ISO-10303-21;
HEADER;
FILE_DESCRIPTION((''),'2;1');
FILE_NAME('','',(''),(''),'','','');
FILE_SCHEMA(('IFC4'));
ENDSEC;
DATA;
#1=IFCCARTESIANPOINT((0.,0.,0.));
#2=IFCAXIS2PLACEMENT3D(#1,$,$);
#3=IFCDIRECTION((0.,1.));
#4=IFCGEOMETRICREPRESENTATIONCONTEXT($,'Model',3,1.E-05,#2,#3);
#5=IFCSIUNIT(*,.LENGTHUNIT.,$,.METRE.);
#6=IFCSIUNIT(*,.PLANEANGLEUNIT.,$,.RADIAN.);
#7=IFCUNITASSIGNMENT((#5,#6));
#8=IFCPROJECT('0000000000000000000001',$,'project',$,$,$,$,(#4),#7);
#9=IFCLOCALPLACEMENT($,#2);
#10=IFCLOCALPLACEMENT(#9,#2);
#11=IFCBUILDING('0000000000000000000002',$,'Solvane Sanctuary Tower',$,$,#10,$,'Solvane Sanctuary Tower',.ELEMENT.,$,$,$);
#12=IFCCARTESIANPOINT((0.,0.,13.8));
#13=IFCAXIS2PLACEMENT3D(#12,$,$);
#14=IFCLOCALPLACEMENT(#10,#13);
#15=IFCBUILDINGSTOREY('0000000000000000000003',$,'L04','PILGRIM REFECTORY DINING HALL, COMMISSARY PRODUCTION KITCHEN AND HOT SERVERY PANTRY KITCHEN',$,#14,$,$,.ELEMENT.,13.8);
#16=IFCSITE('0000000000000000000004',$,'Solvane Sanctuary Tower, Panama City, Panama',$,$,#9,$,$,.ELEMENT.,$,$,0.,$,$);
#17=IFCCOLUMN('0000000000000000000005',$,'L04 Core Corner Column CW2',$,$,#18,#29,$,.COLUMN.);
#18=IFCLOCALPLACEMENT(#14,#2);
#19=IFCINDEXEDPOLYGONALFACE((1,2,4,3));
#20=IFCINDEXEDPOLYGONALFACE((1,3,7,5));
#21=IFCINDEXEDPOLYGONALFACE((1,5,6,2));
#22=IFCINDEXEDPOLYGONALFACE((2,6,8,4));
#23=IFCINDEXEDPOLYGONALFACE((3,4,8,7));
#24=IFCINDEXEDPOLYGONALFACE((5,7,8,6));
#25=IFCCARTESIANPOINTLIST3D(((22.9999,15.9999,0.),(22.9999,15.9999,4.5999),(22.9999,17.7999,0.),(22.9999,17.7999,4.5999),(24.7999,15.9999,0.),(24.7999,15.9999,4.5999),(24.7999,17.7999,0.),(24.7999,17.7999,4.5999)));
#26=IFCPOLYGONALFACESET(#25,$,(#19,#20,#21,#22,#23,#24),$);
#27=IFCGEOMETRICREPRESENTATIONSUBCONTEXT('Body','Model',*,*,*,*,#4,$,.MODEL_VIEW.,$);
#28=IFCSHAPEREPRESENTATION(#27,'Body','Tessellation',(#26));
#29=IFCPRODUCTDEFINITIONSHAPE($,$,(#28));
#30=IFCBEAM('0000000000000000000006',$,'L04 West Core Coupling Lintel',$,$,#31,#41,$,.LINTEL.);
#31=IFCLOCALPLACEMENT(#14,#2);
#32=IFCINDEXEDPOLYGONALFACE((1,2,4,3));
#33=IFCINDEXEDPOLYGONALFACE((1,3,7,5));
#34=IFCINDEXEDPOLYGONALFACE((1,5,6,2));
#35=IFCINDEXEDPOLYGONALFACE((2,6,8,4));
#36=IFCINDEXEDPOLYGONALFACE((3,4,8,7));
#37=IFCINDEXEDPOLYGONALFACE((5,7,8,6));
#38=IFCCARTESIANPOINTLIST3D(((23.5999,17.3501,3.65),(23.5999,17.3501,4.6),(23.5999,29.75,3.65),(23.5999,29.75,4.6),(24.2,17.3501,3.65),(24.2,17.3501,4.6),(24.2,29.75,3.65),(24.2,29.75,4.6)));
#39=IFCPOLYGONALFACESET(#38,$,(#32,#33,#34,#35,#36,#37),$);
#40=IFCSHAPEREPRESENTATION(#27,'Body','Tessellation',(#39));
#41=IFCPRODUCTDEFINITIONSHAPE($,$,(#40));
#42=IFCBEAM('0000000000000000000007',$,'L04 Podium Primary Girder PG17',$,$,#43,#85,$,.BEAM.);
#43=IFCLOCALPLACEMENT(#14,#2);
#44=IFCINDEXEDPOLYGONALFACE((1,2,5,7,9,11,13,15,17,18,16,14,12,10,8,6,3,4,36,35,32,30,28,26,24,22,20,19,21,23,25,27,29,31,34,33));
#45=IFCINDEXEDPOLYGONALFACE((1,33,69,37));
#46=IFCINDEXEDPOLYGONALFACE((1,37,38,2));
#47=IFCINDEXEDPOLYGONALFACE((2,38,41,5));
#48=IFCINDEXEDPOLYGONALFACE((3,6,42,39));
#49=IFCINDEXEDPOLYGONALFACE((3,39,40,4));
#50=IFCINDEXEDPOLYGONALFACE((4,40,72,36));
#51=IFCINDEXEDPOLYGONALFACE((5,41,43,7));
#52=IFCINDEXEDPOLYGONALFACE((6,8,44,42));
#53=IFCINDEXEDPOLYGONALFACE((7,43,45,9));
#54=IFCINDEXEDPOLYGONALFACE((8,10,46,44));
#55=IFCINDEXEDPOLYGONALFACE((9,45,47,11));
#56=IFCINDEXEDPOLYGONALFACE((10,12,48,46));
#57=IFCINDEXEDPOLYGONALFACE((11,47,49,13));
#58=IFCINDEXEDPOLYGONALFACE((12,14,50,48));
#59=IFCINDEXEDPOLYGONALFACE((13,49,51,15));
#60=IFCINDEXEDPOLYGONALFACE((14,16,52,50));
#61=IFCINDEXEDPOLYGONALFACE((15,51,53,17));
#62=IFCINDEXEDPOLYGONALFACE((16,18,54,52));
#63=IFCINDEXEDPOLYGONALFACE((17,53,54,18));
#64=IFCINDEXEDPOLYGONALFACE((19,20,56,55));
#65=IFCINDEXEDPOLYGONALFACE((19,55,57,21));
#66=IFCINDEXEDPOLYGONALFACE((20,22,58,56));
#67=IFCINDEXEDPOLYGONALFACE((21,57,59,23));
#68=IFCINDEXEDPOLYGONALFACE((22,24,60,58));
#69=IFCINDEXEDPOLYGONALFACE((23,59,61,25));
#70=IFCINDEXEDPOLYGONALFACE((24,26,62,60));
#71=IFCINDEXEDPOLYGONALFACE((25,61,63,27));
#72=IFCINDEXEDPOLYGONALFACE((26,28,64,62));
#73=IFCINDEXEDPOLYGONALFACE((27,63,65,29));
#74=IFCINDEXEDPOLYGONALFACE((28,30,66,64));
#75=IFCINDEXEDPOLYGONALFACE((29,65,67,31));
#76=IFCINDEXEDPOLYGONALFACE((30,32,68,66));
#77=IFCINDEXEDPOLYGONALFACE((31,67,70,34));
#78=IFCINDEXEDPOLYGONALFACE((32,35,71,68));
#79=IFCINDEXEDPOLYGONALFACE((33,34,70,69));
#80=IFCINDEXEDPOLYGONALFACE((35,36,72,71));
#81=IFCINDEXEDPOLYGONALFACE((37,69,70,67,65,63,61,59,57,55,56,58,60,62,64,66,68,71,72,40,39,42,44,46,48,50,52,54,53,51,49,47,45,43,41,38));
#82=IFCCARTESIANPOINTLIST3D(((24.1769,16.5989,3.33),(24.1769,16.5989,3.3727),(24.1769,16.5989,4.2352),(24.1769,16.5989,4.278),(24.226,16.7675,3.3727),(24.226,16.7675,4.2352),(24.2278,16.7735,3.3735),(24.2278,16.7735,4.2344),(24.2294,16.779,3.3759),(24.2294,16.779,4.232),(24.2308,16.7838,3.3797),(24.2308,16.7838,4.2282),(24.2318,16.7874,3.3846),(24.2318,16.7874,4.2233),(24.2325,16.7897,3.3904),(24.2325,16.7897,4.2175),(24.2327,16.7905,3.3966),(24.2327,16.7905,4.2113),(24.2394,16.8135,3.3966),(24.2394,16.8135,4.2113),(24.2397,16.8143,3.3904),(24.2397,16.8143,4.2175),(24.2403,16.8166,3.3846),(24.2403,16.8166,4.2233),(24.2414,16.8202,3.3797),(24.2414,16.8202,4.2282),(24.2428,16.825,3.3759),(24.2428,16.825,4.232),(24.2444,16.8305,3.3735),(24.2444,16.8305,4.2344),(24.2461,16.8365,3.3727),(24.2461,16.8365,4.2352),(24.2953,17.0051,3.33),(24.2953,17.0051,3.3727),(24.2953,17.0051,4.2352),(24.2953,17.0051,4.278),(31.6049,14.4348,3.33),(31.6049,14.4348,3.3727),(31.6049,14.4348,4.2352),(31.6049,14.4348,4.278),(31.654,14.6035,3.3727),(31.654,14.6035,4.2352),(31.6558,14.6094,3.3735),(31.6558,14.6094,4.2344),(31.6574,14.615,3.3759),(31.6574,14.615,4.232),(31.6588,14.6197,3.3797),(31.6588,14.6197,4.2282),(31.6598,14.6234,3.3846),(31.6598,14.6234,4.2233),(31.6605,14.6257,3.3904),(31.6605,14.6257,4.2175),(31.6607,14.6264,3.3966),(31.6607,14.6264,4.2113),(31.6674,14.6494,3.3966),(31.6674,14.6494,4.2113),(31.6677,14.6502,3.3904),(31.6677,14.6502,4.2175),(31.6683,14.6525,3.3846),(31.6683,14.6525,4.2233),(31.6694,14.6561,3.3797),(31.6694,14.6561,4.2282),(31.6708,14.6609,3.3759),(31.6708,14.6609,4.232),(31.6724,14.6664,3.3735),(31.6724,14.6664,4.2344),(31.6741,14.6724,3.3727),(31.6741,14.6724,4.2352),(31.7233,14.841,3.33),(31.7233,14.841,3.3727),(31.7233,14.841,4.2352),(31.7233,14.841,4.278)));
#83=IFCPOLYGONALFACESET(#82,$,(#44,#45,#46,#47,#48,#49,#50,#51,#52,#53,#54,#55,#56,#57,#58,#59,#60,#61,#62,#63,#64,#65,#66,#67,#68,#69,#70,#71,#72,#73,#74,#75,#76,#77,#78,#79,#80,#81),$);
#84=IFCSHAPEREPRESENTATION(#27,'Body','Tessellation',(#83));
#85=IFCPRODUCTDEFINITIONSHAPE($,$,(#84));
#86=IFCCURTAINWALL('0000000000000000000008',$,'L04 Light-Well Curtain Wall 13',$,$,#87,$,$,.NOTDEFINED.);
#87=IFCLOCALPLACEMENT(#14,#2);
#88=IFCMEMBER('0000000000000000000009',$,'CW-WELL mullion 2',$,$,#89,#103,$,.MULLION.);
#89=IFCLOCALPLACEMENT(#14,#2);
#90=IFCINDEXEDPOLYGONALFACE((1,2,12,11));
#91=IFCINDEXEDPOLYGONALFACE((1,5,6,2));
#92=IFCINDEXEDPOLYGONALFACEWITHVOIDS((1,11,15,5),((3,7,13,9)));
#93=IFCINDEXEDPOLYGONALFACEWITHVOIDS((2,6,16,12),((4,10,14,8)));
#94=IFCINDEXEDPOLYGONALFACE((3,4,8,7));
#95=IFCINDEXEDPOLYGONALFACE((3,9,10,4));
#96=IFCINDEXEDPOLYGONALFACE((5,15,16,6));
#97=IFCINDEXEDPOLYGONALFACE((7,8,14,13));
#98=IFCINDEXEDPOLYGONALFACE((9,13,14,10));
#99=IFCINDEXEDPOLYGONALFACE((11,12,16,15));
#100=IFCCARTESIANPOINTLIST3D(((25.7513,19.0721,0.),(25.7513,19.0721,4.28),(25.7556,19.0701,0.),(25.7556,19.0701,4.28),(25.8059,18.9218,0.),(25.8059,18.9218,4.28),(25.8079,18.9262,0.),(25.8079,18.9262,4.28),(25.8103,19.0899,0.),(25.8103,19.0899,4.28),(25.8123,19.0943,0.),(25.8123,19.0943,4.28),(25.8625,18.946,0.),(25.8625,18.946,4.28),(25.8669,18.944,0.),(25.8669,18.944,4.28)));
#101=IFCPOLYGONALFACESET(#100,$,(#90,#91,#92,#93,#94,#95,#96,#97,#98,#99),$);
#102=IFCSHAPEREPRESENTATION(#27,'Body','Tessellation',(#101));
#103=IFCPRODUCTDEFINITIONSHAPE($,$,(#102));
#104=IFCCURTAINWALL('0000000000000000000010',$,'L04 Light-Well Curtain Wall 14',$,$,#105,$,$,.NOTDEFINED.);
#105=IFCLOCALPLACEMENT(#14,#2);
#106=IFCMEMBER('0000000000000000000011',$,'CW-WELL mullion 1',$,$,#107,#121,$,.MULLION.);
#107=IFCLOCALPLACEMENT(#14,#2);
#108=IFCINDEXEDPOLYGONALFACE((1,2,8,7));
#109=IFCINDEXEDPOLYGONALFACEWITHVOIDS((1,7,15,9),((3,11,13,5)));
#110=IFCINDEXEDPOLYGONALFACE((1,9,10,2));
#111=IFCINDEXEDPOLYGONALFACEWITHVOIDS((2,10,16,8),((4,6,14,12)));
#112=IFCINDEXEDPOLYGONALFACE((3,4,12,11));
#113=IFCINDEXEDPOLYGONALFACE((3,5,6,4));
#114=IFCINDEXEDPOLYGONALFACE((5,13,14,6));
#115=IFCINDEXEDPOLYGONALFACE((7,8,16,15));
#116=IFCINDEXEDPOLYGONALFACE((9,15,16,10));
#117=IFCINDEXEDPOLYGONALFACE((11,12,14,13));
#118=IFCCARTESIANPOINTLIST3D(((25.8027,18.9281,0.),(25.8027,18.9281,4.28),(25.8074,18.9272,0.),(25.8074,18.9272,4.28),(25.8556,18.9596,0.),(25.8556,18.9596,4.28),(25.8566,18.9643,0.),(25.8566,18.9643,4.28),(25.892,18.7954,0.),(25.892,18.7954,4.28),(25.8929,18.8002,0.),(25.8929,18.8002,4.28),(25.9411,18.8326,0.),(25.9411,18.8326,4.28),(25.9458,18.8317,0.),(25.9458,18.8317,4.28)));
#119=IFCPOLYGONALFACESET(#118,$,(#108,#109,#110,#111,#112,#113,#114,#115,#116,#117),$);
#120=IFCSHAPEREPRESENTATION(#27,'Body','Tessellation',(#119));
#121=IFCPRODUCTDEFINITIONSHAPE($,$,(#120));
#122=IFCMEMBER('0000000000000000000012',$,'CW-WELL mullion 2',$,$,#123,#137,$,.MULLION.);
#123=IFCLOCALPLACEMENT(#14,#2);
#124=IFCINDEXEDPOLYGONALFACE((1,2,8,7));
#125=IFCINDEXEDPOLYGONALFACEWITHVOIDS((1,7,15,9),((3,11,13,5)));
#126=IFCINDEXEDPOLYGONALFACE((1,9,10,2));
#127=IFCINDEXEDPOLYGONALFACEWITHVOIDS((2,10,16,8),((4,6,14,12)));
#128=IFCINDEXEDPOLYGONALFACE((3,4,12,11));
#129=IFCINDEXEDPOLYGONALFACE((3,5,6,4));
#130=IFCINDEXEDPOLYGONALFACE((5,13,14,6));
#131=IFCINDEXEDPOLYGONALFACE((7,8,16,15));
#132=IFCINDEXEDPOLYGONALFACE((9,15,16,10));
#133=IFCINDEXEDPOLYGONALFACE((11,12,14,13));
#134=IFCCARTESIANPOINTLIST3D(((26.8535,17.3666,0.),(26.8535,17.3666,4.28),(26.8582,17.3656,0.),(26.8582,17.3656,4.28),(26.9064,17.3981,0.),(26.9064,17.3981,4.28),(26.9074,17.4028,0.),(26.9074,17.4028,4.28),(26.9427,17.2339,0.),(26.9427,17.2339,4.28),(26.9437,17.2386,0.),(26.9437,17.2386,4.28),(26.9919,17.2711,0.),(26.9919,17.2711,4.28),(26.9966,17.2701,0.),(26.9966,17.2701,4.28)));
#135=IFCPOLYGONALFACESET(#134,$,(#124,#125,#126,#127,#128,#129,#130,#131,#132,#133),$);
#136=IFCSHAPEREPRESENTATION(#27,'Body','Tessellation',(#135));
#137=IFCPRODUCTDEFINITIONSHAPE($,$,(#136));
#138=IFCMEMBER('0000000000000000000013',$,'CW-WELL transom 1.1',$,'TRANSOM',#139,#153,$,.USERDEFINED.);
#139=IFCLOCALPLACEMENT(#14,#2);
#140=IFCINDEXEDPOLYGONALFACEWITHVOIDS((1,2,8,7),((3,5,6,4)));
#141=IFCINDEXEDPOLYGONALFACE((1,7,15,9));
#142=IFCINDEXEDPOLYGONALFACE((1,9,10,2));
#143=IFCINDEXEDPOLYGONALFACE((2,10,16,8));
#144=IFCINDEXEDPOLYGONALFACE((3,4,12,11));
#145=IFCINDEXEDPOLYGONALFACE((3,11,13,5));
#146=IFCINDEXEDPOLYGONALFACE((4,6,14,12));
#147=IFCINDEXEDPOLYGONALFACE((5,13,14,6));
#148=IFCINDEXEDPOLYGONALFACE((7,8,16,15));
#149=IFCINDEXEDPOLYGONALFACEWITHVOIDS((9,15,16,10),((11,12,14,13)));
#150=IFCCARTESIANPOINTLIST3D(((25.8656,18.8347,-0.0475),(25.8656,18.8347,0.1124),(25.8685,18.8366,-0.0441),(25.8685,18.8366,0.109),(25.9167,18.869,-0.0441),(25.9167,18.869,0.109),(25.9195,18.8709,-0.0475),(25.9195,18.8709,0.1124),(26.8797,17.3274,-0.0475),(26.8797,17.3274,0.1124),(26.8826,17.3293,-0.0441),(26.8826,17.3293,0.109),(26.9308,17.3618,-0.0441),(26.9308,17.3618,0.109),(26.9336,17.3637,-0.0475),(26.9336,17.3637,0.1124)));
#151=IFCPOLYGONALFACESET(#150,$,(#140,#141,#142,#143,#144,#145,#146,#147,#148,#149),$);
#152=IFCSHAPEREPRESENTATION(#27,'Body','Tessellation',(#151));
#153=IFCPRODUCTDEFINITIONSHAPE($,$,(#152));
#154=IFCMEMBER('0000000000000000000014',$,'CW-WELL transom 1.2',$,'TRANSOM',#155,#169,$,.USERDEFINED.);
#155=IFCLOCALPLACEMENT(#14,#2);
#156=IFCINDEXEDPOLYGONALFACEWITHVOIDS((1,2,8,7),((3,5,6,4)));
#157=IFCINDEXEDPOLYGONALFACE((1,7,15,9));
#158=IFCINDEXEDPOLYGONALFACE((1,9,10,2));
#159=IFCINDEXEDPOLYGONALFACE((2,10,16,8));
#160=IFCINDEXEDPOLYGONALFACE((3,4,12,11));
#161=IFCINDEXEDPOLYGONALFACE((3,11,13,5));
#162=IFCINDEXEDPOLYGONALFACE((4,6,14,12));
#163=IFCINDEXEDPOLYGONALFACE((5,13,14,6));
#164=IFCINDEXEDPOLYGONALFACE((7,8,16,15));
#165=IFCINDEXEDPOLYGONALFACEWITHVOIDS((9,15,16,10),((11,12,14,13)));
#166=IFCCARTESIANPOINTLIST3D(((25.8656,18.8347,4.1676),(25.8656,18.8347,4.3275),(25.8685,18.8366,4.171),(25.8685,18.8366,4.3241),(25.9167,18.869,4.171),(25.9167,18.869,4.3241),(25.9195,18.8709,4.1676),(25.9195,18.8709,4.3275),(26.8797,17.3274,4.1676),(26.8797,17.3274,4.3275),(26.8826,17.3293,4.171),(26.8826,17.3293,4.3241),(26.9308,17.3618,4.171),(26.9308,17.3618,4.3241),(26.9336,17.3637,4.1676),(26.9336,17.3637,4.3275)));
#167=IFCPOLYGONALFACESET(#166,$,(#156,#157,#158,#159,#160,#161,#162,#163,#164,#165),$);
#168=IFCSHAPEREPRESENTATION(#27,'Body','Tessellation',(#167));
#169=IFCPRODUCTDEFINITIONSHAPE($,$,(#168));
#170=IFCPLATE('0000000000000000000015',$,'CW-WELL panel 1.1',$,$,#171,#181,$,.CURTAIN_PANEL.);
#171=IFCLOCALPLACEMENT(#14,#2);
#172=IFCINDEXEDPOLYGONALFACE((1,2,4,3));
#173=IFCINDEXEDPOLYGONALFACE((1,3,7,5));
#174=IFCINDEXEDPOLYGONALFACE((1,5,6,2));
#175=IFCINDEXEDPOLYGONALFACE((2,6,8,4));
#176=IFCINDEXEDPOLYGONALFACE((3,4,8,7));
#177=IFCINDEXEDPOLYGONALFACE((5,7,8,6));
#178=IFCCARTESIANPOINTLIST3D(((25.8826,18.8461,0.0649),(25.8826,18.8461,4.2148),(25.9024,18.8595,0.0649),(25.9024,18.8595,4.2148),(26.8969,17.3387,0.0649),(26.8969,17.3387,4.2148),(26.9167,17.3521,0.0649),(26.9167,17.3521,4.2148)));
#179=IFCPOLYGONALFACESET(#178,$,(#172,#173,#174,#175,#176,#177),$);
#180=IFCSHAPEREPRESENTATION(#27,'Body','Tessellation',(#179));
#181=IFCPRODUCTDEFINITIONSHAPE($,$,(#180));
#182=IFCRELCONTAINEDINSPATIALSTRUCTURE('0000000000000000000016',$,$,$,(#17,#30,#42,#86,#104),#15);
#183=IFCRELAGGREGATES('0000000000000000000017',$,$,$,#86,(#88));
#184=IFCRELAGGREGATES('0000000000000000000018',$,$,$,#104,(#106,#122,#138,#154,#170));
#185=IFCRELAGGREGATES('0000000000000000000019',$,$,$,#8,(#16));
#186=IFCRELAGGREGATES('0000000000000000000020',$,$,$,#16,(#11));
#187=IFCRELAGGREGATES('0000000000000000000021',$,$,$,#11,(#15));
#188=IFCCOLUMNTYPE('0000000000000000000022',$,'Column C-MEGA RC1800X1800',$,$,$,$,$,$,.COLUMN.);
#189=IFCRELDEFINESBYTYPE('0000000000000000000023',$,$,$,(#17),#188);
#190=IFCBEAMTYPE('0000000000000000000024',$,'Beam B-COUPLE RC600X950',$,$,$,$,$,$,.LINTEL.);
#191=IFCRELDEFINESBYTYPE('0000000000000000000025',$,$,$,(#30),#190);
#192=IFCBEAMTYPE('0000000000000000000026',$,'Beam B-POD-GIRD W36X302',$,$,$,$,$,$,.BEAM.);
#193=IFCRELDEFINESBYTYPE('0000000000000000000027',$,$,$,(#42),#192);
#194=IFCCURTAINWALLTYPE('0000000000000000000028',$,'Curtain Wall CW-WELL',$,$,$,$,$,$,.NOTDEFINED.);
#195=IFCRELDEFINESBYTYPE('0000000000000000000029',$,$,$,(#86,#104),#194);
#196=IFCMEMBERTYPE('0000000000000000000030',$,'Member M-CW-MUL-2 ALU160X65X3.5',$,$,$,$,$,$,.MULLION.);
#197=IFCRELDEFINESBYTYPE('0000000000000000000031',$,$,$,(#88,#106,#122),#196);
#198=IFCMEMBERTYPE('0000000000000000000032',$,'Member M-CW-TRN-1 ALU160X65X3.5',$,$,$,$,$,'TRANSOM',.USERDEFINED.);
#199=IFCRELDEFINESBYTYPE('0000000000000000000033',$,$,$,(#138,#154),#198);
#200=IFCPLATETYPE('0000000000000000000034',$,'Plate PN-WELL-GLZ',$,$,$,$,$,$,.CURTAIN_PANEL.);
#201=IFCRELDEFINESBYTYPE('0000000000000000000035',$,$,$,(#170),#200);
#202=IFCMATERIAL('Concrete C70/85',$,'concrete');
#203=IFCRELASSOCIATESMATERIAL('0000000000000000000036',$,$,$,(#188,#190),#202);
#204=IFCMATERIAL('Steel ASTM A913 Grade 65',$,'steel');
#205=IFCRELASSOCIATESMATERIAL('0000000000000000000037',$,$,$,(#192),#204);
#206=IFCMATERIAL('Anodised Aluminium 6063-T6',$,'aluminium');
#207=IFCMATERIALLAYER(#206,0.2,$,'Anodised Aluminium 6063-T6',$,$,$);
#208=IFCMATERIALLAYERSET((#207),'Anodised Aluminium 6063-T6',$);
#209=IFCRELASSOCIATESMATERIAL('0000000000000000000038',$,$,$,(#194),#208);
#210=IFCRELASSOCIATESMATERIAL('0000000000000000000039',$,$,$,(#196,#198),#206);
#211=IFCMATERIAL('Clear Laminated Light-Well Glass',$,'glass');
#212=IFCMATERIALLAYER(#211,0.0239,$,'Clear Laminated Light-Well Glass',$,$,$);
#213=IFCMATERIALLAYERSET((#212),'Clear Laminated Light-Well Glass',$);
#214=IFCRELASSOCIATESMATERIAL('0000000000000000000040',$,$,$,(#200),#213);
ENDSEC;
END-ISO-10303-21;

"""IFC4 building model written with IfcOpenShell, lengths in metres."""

from ifc_helpers import new_model, si_unit, direction, frame, origin, origin_2d, place, context, subcontext, project, spatial, rectangle, hollow_rectangle, i_section, extrude, material, layer, layer_set, material_profile, profile_set, type_object, element, aggregate, save


model = new_model("IFC4")

# Units and contexts
model_context = context("Model", 3, precision=1e-05, world=origin(), true_north=direction((0.0, 1.0)))
body_context = subcontext(model_context, "Body", "Model", "MODEL_VIEW")
ifc_project = project(units=[si_unit("LENGTHUNIT", "METRE"), si_unit("PLANEANGLEUNIT", "RADIAN")], contexts=[model_context])

# Site, building, storey
site_placement = place(None, origin())
site = spatial("IfcSite", under=ifc_project, at=site_placement, Name="Solvane Sanctuary Tower, Panama City, Panama", CompositionType="ELEMENT", RefElevation=0.0)
building_placement = place(site_placement, origin())
building = spatial("IfcBuilding", under=site, at=building_placement, Name="Solvane Sanctuary Tower", LongName="Solvane Sanctuary Tower", CompositionType="ELEMENT")
storey_placement = place(building_placement, frame((0.0, 0.0, 13.8)))
storey = spatial("IfcBuildingStorey", under=building, at=storey_placement, Name="L04", Description="PILGRIM REFECTORY DINING HALL, COMMISSARY PRODUCTION KITCHEN AND HOT SERVERY PANTRY KITCHEN", CompositionType="ELEMENT", Elevation=13.8)

# Column
ifc_material_1 = material(Name="Concrete C70/85", Category="concrete")
ifc_material_profile_1 = material_profile(ifc_material_1, rectangle(XDim=1.8, YDim=1.8, at=origin_2d()), Name="RC1800X1800")
ifc_profile_set_1 = profile_set([ifc_material_profile_1], Name="Concrete C70/85")
column_type = type_object("IfcColumnType", Name="Column C-MEGA RC1800X1800", PredefinedType="COLUMN", material=ifc_profile_set_1)
column_placement = place(storey_placement, frame((23.8999, 16.8999, 0.0), z_axis=(0.0, 0.0, 1.0), x_axis=(1.0, 0.0, 0.0)))
element("IfcColumn", 1, at=column_placement, inside=storey, type_object=column_type, Name="L04 Core Corner Column CW2", PredefinedType="COLUMN", context=body_context, shape_type="SweptSolid", body=[
    extrude(rectangle(XDim=1.8, YDim=1.8, at=origin_2d()), origin(), (0.0, 0.0, 1.0), 4.5999),
])

# Beams
ifc_material_profile_2 = material_profile(ifc_material_1, rectangle(XDim=0.6001, YDim=0.95, at=origin_2d()), Name="RC600X950")
ifc_profile_set_2 = profile_set([ifc_material_profile_2], Name="Concrete C70/85")
beam_type_1 = type_object("IfcBeamType", Name="Beam B-COUPLE RC600X950", PredefinedType="LINTEL", material=ifc_profile_set_2)
beam_1_placement = place(storey_placement, frame((23.8999, 17.3501, 4.125), z_axis=(0.0, 1.0, 0.0), x_axis=(-1.0, 0.0, 0.0)))
element("IfcBeam", 2, at=beam_1_placement, inside=storey, type_object=beam_type_1, Name="L04 West Core Coupling Lintel", PredefinedType="LINTEL", context=body_context, shape_type="SweptSolid", body=[
    extrude(rectangle(XDim=0.6001, YDim=0.95, at=origin_2d()), origin(), (0.0, 0.0, 1.0), 12.3999),
])
ifc_material_2 = material(Name="Steel ASTM A913 Grade 65", Category="steel")
ifc_material_profile_3 = material_profile(ifc_material_2, i_section(OverallWidth=0.4231, OverallDepth=0.948, WebThickness=0.0239, FlangeThickness=0.0427, FilletRadius=0.0239, at=origin_2d()), Name="W36X302")
ifc_profile_set_3 = profile_set([ifc_material_profile_3], Name="Steel ASTM A913 Grade 65")
beam_type_2 = type_object("IfcBeamType", Name="Beam B-POD-GIRD W36X302", PredefinedType="BEAM", material=ifc_profile_set_3)
beam_2_placement = place(storey_placement, frame((24.2361, 16.802, 3.804), z_axis=(0.960084, -0.27971, 0.0), x_axis=(0.27971, 0.960084, 0.0)))
element("IfcBeam", 3, at=beam_2_placement, inside=storey, type_object=beam_type_2, Name="L04 Podium Primary Girder PG17", PredefinedType="BEAM", context=body_context, shape_type="SweptSolid", body=[
    extrude(i_section(OverallWidth=0.4231, OverallDepth=0.948, WebThickness=0.0239, FlangeThickness=0.0427, FilletRadius=0.0239, at=origin_2d()), origin(), (0.0, 0.0, 1.0), 7.7368),
])

# Curtain wall, member
ifc_material_3 = material(Name="Anodised Aluminium 6063-T6", Category="aluminium")
ifc_layer_1 = layer(ifc_material_3, 0.2, Name="Anodised Aluminium 6063-T6")
ifc_layer_set_1 = layer_set([ifc_layer_1], Name="Anodised Aluminium 6063-T6")
curtain_wall_type = type_object("IfcCurtainWallType", Name="Curtain Wall CW-WELL", PredefinedType="NOTDEFINED", material=ifc_layer_set_1)
curtain_wall_1_placement = place(storey_placement, origin())
curtain_wall_1 = element("IfcCurtainWall", 4, at=curtain_wall_1_placement, inside=storey, type_object=curtain_wall_type, Name="L04 Light-Well Curtain Wall 13", PredefinedType="NOTDEFINED")
ifc_material_profile_4 = material_profile(ifc_material_3, hollow_rectangle(XDim=0.0649, YDim=0.1599, WallThickness=0.0034, at=origin_2d()), Name="ALU160X65X3.5")
ifc_profile_set_4 = profile_set([ifc_material_profile_4], Name="Anodised Aluminium 6063-T6")
member_type_1 = type_object("IfcMemberType", Name="Member M-CW-MUL-2 ALU160X65X3.5", PredefinedType="MULLION", material=ifc_profile_set_4)
member_1_placement = place(storey_placement, frame((25.8091, 19.0081, 0.0), z_axis=(0.0, 0.0, 1.0), x_axis=(0.939938, 0.341346, 0.0)))
member_1 = element("IfcMember", 5, at=member_1_placement, type_object=member_type_1, Name="CW-WELL mullion 2", PredefinedType="MULLION", context=body_context, shape_type="SweptSolid", body=[
    extrude(hollow_rectangle(XDim=0.0649, YDim=0.1599, WallThickness=0.0034, at=origin_2d()), origin(), (0.0, 0.0, 1.0), 4.28),
])
aggregate(curtain_wall_1, [member_1])

# Curtain wall, members, plate
curtain_wall_2_placement = place(storey_placement, origin())
curtain_wall_2 = element("IfcCurtainWall", 6, at=curtain_wall_2_placement, inside=storey, type_object=curtain_wall_type, Name="L04 Light-Well Curtain Wall 14", PredefinedType="NOTDEFINED")
member_2_placement = place(storey_placement, frame((25.8743, 18.8799, 0.0), z_axis=(0.0, 0.0, 1.0), x_axis=(0.829664, 0.558263, 0.0)))
member_2 = element("IfcMember", 7, at=member_2_placement, type_object=member_type_1, Name="CW-WELL mullion 1", PredefinedType="MULLION", context=body_context, shape_type="SweptSolid", body=[
    extrude(hollow_rectangle(XDim=0.0649, YDim=0.1599, WallThickness=0.0034, at=origin_2d()), origin(), (0.0, 0.0, 1.0), 4.28),
])
member_3_placement = place(storey_placement, frame((26.925, 17.3184, 0.0), z_axis=(0.0, 0.0, 1.0), x_axis=(0.829664, 0.558263, 0.0)))
member_3 = element("IfcMember", 8, at=member_3_placement, type_object=member_type_1, Name="CW-WELL mullion 2", PredefinedType="MULLION", context=body_context, shape_type="SweptSolid", body=[
    extrude(hollow_rectangle(XDim=0.0649, YDim=0.1599, WallThickness=0.0034, at=origin_2d()), origin(), (0.0, 0.0, 1.0), 4.28),
])
ifc_material_profile_5 = material_profile(ifc_material_3, hollow_rectangle(XDim=0.0649, YDim=0.1599, WallThickness=0.0034, at=origin_2d()), Name="ALU160X65X3.5")
ifc_profile_set_5 = profile_set([ifc_material_profile_5], Name="Anodised Aluminium 6063-T6")
member_type_2 = type_object("IfcMemberType", Name="Member M-CW-TRN-1 ALU160X65X3.5", ElementType="TRANSOM", PredefinedType="USERDEFINED", material=ifc_profile_set_5)
member_4_placement = place(storey_placement, frame((25.8926, 18.8528, 0.0325), z_axis=(0.558231, -0.829686, 0.0), x_axis=(0.829686, 0.558231, 0.0)))
member_4 = element("IfcMember", 9, at=member_4_placement, type_object=member_type_2, Name="CW-WELL transom 1.1", ObjectType="TRANSOM", PredefinedType="USERDEFINED", context=body_context, shape_type="SweptSolid", body=[
    extrude(hollow_rectangle(XDim=0.0649, YDim=0.1599, WallThickness=0.0034, at=origin_2d()), origin(), (0.0, 0.0, 1.0), 1.8167),
])
member_5_placement = place(storey_placement, frame((25.8926, 18.8528, 4.2476), z_axis=(0.558231, -0.829686, 0.0), x_axis=(0.829686, 0.558231, 0.0)))
member_5 = element("IfcMember", 10, at=member_5_placement, type_object=member_type_2, Name="CW-WELL transom 1.2", ObjectType="TRANSOM", PredefinedType="USERDEFINED", context=body_context, shape_type="SweptSolid", body=[
    extrude(hollow_rectangle(XDim=0.0649, YDim=0.1599, WallThickness=0.0034, at=origin_2d()), origin(), (0.0, 0.0, 1.0), 1.8167),
])
ifc_material_4 = material(Name="Clear Laminated Light-Well Glass", Category="glass")
ifc_layer_2 = layer(ifc_material_4, 0.0239, Name="Clear Laminated Light-Well Glass")
ifc_layer_set_2 = layer_set([ifc_layer_2], Name="Clear Laminated Light-Well Glass")
plate_type = type_object("IfcPlateType", Name="Plate PN-WELL-GLZ", PredefinedType="CURTAIN_PANEL", material=ifc_layer_set_2)
plate_placement = place(storey_placement, frame((26.3997, 18.0991, 0.0649), z_axis=(0.0, 0.0, 1.0), x_axis=(0.558263, -0.829664, 0.0)))
plate = element("IfcPlate", 11, at=plate_placement, type_object=plate_type, Name="CW-WELL panel 1.1", PredefinedType="CURTAIN_PANEL", context=body_context, shape_type="SweptSolid", body=[
    extrude(rectangle(XDim=1.8169, YDim=0.0239, at=origin_2d()), origin(), (0.0, 0.0, 1.0), 4.1499),
])
aggregate(curtain_wall_2, [member_2, member_3, member_4, member_5, plate])

save(model, "model.ifc")
